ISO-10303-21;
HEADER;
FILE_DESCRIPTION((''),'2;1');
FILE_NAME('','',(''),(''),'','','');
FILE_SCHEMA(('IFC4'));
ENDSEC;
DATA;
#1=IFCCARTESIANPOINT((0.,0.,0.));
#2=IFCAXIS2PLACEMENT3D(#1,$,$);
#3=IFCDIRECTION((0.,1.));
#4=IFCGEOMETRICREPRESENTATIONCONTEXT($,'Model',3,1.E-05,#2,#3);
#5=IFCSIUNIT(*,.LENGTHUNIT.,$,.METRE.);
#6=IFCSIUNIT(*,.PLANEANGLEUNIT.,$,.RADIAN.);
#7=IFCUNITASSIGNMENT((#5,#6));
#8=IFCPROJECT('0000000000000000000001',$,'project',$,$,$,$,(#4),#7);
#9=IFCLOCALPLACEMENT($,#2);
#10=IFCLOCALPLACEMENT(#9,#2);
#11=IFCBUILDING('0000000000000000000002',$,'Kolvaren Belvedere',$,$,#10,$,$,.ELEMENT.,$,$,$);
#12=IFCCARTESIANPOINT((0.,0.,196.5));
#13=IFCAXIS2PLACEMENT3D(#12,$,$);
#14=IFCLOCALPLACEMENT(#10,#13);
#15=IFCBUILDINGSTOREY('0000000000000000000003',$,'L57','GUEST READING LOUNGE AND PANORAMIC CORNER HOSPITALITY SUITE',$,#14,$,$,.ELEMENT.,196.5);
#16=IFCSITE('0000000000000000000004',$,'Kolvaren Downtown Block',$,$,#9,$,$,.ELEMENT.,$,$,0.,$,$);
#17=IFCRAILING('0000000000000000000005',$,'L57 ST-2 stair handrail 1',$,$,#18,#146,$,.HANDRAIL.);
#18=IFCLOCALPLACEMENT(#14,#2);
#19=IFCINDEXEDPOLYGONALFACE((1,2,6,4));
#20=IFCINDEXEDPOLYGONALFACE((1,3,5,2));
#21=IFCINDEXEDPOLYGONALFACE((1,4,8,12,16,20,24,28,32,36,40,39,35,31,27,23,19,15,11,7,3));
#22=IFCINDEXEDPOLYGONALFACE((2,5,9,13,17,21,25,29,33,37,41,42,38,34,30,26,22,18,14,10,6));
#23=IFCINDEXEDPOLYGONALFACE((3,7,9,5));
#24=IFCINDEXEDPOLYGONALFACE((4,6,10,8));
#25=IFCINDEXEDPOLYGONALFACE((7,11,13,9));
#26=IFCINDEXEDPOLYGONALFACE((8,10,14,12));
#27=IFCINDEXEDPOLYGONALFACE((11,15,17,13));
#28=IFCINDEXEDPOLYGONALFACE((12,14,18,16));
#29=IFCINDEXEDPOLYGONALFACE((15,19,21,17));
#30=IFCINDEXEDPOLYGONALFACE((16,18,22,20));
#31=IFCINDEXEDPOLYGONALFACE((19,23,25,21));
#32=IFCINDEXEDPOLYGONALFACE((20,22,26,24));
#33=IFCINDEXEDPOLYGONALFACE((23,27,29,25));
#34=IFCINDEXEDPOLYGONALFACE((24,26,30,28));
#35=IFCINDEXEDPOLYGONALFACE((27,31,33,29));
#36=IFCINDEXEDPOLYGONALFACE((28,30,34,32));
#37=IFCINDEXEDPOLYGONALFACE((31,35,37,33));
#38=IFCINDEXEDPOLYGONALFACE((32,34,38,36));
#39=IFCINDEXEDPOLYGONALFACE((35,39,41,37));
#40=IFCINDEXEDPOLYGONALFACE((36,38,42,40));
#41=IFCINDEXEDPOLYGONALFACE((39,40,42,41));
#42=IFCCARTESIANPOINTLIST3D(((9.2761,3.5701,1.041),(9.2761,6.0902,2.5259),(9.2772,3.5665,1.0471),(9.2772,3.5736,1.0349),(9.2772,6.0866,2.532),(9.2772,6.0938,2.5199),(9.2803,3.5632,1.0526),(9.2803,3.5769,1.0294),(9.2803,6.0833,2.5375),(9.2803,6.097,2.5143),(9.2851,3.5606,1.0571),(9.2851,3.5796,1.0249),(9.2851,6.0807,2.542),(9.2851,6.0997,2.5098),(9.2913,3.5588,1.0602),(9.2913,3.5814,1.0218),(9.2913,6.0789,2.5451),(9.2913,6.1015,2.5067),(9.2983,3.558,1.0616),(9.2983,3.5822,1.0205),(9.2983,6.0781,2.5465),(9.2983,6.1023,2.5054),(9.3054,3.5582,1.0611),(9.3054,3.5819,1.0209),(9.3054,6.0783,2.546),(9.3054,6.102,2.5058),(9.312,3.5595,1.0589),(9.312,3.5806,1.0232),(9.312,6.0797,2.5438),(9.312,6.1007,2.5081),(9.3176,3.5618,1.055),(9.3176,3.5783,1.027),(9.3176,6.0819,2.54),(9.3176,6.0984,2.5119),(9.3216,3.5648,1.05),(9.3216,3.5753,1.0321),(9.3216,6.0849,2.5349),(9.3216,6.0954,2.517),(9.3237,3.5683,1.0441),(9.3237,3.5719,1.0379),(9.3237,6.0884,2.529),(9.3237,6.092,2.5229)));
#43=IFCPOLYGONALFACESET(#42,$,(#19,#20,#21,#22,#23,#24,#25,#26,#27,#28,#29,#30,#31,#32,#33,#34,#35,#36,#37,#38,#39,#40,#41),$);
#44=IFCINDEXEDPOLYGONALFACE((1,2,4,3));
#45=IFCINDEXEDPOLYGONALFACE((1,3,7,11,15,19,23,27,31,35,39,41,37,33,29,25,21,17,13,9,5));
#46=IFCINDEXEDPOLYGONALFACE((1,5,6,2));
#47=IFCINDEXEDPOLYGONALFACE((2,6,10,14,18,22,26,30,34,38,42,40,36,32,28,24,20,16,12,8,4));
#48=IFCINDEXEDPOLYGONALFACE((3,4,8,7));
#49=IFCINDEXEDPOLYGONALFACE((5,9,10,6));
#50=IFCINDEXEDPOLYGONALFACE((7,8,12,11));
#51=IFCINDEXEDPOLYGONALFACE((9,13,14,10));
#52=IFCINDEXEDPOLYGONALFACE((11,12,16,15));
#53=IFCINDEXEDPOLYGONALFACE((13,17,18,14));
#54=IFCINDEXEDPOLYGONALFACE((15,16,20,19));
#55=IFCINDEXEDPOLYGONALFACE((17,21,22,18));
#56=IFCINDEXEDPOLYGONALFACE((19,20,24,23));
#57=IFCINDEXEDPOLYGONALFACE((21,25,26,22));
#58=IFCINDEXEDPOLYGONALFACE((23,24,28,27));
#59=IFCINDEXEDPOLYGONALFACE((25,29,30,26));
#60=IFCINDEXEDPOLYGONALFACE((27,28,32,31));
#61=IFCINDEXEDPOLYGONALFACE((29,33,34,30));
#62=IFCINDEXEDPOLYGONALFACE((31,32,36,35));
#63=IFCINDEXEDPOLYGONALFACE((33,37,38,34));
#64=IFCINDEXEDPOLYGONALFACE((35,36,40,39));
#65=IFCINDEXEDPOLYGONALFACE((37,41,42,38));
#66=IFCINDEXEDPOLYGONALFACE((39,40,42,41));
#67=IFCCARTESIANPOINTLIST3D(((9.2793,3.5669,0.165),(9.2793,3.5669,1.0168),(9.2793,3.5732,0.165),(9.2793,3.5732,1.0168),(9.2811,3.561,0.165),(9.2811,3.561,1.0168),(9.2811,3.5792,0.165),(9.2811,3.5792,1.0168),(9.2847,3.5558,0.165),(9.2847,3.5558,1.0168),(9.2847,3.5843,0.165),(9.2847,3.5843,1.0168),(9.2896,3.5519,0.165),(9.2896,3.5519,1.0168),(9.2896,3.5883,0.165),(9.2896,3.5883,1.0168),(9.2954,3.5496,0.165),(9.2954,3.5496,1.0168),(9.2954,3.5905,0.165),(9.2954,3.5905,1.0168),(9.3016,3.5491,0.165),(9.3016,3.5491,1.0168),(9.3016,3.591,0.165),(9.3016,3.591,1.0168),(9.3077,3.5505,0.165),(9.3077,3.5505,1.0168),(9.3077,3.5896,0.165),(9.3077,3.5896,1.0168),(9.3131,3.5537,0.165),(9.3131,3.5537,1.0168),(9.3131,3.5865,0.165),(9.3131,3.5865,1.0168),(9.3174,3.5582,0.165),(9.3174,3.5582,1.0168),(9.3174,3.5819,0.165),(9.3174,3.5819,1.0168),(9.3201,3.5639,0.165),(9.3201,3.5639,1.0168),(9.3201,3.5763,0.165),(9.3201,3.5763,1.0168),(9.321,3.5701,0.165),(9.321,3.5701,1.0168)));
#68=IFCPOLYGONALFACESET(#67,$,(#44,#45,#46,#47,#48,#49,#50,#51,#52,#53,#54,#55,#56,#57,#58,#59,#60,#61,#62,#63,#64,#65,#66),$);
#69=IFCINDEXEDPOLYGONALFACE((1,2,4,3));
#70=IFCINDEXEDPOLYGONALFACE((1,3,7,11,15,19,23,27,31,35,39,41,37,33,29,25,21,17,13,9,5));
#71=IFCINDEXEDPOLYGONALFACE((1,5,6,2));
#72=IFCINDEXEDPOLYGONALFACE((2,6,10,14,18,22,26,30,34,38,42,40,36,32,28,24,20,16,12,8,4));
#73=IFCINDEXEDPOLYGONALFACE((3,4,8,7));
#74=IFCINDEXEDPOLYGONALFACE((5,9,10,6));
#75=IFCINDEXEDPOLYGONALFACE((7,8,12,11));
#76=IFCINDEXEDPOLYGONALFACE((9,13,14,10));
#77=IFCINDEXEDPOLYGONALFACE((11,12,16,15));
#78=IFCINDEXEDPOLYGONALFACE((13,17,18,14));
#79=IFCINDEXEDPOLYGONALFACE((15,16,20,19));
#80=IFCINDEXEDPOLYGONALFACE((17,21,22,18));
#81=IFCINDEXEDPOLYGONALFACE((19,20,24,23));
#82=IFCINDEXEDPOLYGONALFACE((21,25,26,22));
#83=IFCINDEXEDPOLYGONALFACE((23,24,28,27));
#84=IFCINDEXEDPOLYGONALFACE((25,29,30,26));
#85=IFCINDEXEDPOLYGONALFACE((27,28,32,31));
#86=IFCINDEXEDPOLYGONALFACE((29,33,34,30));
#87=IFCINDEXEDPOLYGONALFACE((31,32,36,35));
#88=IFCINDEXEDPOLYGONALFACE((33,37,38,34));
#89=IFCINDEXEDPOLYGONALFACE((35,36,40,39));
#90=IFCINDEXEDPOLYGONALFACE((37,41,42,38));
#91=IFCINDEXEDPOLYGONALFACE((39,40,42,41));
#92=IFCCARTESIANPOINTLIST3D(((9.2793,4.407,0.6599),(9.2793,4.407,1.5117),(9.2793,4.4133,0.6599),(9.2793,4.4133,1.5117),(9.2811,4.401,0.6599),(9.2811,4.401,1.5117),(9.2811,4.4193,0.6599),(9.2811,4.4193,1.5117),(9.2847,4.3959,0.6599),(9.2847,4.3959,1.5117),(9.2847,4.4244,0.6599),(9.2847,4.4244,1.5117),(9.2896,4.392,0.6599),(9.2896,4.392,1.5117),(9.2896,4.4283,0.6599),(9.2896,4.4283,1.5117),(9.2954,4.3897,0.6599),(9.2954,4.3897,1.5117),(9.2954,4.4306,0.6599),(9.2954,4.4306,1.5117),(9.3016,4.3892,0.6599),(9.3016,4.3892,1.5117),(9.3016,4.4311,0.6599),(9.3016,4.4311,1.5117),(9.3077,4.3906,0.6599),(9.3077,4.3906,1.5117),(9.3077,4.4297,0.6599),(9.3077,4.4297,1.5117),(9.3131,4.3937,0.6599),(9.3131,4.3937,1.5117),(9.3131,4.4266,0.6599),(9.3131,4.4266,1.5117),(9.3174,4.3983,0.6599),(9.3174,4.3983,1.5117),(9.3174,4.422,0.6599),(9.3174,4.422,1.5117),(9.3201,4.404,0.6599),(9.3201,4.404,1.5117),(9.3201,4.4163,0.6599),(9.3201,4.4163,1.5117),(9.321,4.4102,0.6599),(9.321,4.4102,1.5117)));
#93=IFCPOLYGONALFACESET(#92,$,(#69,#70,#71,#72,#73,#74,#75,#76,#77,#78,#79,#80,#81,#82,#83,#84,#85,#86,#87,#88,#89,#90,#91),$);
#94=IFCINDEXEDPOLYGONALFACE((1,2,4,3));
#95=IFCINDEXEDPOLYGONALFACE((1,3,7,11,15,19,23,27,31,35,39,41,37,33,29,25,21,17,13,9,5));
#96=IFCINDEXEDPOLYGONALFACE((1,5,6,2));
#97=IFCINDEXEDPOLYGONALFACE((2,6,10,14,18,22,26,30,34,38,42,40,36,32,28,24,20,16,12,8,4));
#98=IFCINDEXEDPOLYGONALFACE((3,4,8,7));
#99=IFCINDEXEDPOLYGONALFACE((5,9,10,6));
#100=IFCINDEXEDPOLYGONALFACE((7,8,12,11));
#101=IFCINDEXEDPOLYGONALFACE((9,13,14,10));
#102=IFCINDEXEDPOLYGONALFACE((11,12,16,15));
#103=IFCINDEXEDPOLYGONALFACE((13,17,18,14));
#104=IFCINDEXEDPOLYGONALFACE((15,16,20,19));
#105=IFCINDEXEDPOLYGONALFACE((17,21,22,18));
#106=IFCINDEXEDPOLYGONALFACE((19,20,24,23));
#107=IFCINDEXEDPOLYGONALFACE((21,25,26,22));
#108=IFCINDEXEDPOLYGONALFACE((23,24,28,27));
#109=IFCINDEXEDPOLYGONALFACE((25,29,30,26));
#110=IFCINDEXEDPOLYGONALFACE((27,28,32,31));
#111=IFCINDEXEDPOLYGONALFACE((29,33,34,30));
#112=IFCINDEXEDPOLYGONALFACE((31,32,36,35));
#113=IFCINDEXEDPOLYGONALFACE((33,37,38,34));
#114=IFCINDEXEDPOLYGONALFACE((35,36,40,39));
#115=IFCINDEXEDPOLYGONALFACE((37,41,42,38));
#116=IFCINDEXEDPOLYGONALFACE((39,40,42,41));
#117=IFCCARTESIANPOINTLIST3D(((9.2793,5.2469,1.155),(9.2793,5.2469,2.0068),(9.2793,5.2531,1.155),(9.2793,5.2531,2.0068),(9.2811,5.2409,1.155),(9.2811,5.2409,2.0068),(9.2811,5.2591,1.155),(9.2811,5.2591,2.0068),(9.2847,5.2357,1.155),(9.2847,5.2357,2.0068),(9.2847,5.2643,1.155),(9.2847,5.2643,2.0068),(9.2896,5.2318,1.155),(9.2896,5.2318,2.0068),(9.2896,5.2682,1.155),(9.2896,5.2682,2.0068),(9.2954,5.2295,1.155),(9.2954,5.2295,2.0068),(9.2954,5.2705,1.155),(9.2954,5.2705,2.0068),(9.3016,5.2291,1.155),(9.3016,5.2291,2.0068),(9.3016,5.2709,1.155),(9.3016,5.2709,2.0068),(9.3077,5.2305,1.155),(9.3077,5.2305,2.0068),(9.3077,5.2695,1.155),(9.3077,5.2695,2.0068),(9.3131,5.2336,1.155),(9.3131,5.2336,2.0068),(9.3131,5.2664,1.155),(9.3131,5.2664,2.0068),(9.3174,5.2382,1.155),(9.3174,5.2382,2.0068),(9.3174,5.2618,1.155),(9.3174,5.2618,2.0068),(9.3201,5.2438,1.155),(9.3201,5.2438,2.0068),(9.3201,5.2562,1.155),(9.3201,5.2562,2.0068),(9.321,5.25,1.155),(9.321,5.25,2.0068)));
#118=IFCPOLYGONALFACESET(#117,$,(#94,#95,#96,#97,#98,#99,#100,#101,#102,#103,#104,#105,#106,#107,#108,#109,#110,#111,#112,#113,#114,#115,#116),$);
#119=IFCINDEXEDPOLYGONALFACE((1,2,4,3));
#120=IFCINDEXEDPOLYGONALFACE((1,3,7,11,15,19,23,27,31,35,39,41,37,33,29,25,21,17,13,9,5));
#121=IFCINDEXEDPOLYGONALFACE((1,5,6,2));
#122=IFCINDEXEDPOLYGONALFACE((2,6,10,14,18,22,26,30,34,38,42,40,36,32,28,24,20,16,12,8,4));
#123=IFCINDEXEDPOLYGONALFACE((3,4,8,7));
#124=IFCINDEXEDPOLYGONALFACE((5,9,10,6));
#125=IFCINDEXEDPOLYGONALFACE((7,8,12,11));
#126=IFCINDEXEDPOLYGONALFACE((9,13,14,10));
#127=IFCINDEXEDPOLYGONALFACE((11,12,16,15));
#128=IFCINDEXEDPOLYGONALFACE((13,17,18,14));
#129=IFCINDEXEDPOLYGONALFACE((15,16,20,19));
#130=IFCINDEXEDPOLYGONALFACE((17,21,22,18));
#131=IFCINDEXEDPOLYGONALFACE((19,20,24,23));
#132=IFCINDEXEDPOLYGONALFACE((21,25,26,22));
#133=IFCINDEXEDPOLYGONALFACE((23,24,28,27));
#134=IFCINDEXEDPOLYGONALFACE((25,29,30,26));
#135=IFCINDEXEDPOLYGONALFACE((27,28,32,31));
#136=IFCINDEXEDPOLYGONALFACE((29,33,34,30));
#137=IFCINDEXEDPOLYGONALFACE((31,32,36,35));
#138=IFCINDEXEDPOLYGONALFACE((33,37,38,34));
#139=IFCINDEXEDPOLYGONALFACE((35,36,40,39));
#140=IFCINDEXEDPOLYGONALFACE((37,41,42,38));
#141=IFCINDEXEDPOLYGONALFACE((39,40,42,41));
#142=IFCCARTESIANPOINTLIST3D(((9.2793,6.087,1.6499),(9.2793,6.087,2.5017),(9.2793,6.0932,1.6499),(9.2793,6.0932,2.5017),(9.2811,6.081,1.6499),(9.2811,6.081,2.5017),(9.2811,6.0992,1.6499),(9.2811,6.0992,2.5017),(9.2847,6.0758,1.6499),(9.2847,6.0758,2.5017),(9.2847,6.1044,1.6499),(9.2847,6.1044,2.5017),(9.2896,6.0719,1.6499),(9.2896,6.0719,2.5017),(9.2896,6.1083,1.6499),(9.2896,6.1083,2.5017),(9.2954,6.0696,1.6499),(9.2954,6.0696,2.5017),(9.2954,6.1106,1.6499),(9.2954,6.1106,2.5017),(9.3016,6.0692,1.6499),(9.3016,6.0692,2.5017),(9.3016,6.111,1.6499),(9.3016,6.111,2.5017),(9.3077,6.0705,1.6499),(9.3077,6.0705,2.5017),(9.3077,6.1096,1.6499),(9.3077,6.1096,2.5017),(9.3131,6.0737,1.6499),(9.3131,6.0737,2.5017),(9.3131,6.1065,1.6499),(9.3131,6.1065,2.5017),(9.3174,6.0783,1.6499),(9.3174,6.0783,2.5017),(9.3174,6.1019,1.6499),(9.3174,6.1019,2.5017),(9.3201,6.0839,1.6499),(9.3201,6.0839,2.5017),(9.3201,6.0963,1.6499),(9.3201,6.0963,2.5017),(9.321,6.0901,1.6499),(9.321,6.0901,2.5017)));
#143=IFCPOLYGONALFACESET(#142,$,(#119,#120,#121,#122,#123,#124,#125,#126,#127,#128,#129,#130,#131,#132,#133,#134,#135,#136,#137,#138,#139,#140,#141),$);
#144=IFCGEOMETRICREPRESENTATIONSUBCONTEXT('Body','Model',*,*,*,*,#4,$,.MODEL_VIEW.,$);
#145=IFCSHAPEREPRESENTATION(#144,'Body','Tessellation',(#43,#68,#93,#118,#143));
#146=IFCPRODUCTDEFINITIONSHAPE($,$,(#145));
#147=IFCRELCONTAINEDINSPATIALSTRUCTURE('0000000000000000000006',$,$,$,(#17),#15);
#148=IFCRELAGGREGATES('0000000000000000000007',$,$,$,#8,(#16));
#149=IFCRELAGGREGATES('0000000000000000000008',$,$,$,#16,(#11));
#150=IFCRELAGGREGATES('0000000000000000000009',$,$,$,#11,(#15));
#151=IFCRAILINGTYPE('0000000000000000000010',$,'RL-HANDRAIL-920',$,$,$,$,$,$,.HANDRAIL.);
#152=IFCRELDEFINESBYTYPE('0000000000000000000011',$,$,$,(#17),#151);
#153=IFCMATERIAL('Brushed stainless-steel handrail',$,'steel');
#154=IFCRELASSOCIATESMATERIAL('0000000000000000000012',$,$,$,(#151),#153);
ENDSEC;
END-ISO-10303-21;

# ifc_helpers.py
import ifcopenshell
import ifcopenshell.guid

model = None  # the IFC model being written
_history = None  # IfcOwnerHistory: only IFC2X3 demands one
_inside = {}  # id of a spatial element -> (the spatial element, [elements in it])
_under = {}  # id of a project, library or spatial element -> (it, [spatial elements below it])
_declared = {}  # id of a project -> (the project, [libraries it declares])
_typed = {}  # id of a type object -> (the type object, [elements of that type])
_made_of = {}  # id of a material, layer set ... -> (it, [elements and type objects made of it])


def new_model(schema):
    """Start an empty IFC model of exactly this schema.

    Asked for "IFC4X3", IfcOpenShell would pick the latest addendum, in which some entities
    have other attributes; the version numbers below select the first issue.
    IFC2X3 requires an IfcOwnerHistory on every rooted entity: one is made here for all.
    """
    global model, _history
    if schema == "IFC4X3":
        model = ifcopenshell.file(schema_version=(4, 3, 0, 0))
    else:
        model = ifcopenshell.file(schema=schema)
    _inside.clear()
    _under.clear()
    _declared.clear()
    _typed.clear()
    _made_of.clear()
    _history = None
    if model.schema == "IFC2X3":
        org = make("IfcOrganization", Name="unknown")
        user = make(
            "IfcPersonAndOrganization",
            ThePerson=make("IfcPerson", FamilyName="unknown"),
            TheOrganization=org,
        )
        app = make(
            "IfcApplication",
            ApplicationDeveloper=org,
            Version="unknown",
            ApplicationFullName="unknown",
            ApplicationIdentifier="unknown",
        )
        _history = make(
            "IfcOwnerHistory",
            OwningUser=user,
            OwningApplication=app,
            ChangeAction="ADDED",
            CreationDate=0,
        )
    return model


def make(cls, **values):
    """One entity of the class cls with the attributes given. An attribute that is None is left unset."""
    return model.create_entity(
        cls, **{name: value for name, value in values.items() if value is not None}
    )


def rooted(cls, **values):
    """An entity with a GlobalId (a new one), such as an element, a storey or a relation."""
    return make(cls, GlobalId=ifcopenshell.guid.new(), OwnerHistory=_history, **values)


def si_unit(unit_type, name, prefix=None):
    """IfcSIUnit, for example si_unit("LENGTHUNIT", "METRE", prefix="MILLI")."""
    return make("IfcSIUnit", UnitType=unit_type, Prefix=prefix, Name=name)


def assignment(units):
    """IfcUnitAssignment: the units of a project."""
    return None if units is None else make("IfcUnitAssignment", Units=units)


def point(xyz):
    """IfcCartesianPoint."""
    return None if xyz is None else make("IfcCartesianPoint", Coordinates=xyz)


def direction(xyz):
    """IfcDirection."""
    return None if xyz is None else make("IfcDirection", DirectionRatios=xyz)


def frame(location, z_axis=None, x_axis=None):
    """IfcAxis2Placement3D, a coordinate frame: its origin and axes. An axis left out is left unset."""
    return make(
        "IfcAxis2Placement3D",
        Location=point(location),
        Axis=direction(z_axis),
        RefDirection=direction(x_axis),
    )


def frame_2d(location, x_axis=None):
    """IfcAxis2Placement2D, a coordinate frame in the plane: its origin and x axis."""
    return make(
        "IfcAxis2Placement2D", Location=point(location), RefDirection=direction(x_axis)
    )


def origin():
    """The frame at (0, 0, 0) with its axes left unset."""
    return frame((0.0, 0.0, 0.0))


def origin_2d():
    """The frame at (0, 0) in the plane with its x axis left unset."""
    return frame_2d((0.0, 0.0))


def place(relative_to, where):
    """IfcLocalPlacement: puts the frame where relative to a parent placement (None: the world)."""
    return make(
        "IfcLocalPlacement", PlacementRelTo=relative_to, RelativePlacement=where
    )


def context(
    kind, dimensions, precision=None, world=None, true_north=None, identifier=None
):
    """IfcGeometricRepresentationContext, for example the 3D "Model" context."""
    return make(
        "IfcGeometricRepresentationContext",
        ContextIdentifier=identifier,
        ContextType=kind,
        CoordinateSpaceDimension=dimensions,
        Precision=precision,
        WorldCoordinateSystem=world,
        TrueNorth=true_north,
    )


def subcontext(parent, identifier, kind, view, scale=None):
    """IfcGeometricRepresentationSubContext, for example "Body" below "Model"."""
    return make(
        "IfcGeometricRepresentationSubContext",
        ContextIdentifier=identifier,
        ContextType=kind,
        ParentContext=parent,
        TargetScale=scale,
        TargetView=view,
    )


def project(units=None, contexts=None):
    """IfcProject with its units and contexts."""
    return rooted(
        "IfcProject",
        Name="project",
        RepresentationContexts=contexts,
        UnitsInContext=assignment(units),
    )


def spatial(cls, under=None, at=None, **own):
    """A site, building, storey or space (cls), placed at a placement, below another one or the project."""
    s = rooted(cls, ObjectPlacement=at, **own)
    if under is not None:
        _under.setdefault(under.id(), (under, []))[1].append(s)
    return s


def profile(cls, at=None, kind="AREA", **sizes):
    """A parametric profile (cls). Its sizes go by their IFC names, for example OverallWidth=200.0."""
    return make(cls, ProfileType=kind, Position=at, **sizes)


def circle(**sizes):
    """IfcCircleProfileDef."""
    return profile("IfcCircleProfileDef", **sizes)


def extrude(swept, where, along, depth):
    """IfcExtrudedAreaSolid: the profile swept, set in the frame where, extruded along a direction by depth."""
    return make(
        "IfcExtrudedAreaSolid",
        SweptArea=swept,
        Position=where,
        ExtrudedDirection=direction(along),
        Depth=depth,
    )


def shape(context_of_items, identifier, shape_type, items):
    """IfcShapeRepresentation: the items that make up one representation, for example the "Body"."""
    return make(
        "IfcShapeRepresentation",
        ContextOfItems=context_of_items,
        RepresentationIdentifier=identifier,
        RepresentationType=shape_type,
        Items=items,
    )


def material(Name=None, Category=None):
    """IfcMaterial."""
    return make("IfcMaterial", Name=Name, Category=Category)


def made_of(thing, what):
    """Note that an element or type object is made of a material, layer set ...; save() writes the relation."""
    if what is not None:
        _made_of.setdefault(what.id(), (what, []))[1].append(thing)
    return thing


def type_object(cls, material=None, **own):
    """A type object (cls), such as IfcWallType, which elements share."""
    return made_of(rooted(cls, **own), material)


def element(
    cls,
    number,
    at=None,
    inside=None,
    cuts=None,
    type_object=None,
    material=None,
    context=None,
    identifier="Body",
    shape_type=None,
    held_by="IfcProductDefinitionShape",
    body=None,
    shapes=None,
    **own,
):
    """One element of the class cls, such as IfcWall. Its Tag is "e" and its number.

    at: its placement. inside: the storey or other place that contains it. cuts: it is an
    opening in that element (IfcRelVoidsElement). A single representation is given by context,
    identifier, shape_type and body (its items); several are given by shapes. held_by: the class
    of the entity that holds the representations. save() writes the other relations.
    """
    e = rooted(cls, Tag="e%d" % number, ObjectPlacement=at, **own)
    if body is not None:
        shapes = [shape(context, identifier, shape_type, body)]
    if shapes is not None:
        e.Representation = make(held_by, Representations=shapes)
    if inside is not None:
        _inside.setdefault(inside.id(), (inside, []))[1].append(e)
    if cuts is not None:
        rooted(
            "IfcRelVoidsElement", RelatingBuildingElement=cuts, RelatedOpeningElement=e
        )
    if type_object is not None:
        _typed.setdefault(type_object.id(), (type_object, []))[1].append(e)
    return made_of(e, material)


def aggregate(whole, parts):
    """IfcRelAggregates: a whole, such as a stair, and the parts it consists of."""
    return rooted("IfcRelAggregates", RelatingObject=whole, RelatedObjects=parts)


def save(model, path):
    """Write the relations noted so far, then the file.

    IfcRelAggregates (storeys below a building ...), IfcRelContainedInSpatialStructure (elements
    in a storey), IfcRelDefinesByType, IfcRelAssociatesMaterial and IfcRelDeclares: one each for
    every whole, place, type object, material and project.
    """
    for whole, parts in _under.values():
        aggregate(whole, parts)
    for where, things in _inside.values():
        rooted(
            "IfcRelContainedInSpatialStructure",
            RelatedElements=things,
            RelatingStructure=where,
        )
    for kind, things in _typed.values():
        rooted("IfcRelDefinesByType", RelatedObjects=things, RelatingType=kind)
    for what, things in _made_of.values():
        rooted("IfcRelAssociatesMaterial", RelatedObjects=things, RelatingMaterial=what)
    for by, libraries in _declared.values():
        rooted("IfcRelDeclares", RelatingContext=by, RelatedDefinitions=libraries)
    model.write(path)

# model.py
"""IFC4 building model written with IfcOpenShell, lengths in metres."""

from ifc_helpers import new_model, si_unit, direction, frame, origin, origin_2d, place, context, subcontext, project, spatial, circle, extrude, material, type_object, element, save


model = new_model("IFC4")

# Units and contexts
model_context = context("Model", 3, precision=1e-05, world=origin(), true_north=direction((0.0, 1.0)))
body_context = subcontext(model_context, "Body", "Model", "MODEL_VIEW")
ifc_project = project(units=[si_unit("LENGTHUNIT", "METRE"), si_unit("PLANEANGLEUNIT", "RADIAN")], contexts=[model_context])

# Site, building, storey
site_placement = place(None, origin())
site = spatial("IfcSite", under=ifc_project, at=site_placement, Name="Kolvaren Downtown Block", CompositionType="ELEMENT", RefElevation=0.0)
building_placement = place(site_placement, origin())
building = spatial("IfcBuilding", under=site, at=building_placement, Name="Kolvaren Belvedere", CompositionType="ELEMENT")
storey_placement = place(building_placement, frame((0.0, 0.0, 196.5)))
storey = spatial("IfcBuildingStorey", under=building, at=storey_placement, Name="L57", Description="GUEST READING LOUNGE AND PANORAMIC CORNER HOSPITALITY SUITE", CompositionType="ELEMENT", Elevation=196.5)

# Railing
ifc_material_1 = material(Name="Brushed stainless-steel handrail", Category="steel")
railing_type_1 = type_object("IfcRailingType", Name="RL-HANDRAIL-920", PredefinedType="HANDRAIL", material=ifc_material_1)
railing_1_placement = place(storey_placement, frame((9.3, 3.5701, 0.165)))
element("IfcRailing", 1, at=railing_1_placement, inside=storey, type_object=railing_type_1, Name="L57 ST-2 stair handrail 1", PredefinedType="HANDRAIL", context=body_context, shape_type="SweptSolid", body=[
    extrude(circle(Radius=0.0239, at=origin_2d()), frame((0.0, 0.0, 0.876), z_axis=(0.0, 0.861561, 0.507655), x_axis=(-1.0, 0.0, 0.0)), (0.0, 0.0, 1.0), 2.925),
    extrude(circle(Radius=0.021, at=origin_2d()), origin(), (0.0, 0.0, 1.0), 0.8518),
    extrude(circle(Radius=0.021, at=origin_2d()), frame((0.0, 0.8401, 0.4949)), (0.0, 0.0, 1.0), 0.8518),
    extrude(circle(Radius=0.021, at=origin_2d()), frame((0.0, 1.6799, 0.99)), (0.0, 0.0, 1.0), 0.8518),
    extrude(circle(Radius=0.021, at=origin_2d()), frame((0.0, 2.52, 1.4849)), (0.0, 0.0, 1.0), 0.8518),
])

save(model, "model.ifc")
